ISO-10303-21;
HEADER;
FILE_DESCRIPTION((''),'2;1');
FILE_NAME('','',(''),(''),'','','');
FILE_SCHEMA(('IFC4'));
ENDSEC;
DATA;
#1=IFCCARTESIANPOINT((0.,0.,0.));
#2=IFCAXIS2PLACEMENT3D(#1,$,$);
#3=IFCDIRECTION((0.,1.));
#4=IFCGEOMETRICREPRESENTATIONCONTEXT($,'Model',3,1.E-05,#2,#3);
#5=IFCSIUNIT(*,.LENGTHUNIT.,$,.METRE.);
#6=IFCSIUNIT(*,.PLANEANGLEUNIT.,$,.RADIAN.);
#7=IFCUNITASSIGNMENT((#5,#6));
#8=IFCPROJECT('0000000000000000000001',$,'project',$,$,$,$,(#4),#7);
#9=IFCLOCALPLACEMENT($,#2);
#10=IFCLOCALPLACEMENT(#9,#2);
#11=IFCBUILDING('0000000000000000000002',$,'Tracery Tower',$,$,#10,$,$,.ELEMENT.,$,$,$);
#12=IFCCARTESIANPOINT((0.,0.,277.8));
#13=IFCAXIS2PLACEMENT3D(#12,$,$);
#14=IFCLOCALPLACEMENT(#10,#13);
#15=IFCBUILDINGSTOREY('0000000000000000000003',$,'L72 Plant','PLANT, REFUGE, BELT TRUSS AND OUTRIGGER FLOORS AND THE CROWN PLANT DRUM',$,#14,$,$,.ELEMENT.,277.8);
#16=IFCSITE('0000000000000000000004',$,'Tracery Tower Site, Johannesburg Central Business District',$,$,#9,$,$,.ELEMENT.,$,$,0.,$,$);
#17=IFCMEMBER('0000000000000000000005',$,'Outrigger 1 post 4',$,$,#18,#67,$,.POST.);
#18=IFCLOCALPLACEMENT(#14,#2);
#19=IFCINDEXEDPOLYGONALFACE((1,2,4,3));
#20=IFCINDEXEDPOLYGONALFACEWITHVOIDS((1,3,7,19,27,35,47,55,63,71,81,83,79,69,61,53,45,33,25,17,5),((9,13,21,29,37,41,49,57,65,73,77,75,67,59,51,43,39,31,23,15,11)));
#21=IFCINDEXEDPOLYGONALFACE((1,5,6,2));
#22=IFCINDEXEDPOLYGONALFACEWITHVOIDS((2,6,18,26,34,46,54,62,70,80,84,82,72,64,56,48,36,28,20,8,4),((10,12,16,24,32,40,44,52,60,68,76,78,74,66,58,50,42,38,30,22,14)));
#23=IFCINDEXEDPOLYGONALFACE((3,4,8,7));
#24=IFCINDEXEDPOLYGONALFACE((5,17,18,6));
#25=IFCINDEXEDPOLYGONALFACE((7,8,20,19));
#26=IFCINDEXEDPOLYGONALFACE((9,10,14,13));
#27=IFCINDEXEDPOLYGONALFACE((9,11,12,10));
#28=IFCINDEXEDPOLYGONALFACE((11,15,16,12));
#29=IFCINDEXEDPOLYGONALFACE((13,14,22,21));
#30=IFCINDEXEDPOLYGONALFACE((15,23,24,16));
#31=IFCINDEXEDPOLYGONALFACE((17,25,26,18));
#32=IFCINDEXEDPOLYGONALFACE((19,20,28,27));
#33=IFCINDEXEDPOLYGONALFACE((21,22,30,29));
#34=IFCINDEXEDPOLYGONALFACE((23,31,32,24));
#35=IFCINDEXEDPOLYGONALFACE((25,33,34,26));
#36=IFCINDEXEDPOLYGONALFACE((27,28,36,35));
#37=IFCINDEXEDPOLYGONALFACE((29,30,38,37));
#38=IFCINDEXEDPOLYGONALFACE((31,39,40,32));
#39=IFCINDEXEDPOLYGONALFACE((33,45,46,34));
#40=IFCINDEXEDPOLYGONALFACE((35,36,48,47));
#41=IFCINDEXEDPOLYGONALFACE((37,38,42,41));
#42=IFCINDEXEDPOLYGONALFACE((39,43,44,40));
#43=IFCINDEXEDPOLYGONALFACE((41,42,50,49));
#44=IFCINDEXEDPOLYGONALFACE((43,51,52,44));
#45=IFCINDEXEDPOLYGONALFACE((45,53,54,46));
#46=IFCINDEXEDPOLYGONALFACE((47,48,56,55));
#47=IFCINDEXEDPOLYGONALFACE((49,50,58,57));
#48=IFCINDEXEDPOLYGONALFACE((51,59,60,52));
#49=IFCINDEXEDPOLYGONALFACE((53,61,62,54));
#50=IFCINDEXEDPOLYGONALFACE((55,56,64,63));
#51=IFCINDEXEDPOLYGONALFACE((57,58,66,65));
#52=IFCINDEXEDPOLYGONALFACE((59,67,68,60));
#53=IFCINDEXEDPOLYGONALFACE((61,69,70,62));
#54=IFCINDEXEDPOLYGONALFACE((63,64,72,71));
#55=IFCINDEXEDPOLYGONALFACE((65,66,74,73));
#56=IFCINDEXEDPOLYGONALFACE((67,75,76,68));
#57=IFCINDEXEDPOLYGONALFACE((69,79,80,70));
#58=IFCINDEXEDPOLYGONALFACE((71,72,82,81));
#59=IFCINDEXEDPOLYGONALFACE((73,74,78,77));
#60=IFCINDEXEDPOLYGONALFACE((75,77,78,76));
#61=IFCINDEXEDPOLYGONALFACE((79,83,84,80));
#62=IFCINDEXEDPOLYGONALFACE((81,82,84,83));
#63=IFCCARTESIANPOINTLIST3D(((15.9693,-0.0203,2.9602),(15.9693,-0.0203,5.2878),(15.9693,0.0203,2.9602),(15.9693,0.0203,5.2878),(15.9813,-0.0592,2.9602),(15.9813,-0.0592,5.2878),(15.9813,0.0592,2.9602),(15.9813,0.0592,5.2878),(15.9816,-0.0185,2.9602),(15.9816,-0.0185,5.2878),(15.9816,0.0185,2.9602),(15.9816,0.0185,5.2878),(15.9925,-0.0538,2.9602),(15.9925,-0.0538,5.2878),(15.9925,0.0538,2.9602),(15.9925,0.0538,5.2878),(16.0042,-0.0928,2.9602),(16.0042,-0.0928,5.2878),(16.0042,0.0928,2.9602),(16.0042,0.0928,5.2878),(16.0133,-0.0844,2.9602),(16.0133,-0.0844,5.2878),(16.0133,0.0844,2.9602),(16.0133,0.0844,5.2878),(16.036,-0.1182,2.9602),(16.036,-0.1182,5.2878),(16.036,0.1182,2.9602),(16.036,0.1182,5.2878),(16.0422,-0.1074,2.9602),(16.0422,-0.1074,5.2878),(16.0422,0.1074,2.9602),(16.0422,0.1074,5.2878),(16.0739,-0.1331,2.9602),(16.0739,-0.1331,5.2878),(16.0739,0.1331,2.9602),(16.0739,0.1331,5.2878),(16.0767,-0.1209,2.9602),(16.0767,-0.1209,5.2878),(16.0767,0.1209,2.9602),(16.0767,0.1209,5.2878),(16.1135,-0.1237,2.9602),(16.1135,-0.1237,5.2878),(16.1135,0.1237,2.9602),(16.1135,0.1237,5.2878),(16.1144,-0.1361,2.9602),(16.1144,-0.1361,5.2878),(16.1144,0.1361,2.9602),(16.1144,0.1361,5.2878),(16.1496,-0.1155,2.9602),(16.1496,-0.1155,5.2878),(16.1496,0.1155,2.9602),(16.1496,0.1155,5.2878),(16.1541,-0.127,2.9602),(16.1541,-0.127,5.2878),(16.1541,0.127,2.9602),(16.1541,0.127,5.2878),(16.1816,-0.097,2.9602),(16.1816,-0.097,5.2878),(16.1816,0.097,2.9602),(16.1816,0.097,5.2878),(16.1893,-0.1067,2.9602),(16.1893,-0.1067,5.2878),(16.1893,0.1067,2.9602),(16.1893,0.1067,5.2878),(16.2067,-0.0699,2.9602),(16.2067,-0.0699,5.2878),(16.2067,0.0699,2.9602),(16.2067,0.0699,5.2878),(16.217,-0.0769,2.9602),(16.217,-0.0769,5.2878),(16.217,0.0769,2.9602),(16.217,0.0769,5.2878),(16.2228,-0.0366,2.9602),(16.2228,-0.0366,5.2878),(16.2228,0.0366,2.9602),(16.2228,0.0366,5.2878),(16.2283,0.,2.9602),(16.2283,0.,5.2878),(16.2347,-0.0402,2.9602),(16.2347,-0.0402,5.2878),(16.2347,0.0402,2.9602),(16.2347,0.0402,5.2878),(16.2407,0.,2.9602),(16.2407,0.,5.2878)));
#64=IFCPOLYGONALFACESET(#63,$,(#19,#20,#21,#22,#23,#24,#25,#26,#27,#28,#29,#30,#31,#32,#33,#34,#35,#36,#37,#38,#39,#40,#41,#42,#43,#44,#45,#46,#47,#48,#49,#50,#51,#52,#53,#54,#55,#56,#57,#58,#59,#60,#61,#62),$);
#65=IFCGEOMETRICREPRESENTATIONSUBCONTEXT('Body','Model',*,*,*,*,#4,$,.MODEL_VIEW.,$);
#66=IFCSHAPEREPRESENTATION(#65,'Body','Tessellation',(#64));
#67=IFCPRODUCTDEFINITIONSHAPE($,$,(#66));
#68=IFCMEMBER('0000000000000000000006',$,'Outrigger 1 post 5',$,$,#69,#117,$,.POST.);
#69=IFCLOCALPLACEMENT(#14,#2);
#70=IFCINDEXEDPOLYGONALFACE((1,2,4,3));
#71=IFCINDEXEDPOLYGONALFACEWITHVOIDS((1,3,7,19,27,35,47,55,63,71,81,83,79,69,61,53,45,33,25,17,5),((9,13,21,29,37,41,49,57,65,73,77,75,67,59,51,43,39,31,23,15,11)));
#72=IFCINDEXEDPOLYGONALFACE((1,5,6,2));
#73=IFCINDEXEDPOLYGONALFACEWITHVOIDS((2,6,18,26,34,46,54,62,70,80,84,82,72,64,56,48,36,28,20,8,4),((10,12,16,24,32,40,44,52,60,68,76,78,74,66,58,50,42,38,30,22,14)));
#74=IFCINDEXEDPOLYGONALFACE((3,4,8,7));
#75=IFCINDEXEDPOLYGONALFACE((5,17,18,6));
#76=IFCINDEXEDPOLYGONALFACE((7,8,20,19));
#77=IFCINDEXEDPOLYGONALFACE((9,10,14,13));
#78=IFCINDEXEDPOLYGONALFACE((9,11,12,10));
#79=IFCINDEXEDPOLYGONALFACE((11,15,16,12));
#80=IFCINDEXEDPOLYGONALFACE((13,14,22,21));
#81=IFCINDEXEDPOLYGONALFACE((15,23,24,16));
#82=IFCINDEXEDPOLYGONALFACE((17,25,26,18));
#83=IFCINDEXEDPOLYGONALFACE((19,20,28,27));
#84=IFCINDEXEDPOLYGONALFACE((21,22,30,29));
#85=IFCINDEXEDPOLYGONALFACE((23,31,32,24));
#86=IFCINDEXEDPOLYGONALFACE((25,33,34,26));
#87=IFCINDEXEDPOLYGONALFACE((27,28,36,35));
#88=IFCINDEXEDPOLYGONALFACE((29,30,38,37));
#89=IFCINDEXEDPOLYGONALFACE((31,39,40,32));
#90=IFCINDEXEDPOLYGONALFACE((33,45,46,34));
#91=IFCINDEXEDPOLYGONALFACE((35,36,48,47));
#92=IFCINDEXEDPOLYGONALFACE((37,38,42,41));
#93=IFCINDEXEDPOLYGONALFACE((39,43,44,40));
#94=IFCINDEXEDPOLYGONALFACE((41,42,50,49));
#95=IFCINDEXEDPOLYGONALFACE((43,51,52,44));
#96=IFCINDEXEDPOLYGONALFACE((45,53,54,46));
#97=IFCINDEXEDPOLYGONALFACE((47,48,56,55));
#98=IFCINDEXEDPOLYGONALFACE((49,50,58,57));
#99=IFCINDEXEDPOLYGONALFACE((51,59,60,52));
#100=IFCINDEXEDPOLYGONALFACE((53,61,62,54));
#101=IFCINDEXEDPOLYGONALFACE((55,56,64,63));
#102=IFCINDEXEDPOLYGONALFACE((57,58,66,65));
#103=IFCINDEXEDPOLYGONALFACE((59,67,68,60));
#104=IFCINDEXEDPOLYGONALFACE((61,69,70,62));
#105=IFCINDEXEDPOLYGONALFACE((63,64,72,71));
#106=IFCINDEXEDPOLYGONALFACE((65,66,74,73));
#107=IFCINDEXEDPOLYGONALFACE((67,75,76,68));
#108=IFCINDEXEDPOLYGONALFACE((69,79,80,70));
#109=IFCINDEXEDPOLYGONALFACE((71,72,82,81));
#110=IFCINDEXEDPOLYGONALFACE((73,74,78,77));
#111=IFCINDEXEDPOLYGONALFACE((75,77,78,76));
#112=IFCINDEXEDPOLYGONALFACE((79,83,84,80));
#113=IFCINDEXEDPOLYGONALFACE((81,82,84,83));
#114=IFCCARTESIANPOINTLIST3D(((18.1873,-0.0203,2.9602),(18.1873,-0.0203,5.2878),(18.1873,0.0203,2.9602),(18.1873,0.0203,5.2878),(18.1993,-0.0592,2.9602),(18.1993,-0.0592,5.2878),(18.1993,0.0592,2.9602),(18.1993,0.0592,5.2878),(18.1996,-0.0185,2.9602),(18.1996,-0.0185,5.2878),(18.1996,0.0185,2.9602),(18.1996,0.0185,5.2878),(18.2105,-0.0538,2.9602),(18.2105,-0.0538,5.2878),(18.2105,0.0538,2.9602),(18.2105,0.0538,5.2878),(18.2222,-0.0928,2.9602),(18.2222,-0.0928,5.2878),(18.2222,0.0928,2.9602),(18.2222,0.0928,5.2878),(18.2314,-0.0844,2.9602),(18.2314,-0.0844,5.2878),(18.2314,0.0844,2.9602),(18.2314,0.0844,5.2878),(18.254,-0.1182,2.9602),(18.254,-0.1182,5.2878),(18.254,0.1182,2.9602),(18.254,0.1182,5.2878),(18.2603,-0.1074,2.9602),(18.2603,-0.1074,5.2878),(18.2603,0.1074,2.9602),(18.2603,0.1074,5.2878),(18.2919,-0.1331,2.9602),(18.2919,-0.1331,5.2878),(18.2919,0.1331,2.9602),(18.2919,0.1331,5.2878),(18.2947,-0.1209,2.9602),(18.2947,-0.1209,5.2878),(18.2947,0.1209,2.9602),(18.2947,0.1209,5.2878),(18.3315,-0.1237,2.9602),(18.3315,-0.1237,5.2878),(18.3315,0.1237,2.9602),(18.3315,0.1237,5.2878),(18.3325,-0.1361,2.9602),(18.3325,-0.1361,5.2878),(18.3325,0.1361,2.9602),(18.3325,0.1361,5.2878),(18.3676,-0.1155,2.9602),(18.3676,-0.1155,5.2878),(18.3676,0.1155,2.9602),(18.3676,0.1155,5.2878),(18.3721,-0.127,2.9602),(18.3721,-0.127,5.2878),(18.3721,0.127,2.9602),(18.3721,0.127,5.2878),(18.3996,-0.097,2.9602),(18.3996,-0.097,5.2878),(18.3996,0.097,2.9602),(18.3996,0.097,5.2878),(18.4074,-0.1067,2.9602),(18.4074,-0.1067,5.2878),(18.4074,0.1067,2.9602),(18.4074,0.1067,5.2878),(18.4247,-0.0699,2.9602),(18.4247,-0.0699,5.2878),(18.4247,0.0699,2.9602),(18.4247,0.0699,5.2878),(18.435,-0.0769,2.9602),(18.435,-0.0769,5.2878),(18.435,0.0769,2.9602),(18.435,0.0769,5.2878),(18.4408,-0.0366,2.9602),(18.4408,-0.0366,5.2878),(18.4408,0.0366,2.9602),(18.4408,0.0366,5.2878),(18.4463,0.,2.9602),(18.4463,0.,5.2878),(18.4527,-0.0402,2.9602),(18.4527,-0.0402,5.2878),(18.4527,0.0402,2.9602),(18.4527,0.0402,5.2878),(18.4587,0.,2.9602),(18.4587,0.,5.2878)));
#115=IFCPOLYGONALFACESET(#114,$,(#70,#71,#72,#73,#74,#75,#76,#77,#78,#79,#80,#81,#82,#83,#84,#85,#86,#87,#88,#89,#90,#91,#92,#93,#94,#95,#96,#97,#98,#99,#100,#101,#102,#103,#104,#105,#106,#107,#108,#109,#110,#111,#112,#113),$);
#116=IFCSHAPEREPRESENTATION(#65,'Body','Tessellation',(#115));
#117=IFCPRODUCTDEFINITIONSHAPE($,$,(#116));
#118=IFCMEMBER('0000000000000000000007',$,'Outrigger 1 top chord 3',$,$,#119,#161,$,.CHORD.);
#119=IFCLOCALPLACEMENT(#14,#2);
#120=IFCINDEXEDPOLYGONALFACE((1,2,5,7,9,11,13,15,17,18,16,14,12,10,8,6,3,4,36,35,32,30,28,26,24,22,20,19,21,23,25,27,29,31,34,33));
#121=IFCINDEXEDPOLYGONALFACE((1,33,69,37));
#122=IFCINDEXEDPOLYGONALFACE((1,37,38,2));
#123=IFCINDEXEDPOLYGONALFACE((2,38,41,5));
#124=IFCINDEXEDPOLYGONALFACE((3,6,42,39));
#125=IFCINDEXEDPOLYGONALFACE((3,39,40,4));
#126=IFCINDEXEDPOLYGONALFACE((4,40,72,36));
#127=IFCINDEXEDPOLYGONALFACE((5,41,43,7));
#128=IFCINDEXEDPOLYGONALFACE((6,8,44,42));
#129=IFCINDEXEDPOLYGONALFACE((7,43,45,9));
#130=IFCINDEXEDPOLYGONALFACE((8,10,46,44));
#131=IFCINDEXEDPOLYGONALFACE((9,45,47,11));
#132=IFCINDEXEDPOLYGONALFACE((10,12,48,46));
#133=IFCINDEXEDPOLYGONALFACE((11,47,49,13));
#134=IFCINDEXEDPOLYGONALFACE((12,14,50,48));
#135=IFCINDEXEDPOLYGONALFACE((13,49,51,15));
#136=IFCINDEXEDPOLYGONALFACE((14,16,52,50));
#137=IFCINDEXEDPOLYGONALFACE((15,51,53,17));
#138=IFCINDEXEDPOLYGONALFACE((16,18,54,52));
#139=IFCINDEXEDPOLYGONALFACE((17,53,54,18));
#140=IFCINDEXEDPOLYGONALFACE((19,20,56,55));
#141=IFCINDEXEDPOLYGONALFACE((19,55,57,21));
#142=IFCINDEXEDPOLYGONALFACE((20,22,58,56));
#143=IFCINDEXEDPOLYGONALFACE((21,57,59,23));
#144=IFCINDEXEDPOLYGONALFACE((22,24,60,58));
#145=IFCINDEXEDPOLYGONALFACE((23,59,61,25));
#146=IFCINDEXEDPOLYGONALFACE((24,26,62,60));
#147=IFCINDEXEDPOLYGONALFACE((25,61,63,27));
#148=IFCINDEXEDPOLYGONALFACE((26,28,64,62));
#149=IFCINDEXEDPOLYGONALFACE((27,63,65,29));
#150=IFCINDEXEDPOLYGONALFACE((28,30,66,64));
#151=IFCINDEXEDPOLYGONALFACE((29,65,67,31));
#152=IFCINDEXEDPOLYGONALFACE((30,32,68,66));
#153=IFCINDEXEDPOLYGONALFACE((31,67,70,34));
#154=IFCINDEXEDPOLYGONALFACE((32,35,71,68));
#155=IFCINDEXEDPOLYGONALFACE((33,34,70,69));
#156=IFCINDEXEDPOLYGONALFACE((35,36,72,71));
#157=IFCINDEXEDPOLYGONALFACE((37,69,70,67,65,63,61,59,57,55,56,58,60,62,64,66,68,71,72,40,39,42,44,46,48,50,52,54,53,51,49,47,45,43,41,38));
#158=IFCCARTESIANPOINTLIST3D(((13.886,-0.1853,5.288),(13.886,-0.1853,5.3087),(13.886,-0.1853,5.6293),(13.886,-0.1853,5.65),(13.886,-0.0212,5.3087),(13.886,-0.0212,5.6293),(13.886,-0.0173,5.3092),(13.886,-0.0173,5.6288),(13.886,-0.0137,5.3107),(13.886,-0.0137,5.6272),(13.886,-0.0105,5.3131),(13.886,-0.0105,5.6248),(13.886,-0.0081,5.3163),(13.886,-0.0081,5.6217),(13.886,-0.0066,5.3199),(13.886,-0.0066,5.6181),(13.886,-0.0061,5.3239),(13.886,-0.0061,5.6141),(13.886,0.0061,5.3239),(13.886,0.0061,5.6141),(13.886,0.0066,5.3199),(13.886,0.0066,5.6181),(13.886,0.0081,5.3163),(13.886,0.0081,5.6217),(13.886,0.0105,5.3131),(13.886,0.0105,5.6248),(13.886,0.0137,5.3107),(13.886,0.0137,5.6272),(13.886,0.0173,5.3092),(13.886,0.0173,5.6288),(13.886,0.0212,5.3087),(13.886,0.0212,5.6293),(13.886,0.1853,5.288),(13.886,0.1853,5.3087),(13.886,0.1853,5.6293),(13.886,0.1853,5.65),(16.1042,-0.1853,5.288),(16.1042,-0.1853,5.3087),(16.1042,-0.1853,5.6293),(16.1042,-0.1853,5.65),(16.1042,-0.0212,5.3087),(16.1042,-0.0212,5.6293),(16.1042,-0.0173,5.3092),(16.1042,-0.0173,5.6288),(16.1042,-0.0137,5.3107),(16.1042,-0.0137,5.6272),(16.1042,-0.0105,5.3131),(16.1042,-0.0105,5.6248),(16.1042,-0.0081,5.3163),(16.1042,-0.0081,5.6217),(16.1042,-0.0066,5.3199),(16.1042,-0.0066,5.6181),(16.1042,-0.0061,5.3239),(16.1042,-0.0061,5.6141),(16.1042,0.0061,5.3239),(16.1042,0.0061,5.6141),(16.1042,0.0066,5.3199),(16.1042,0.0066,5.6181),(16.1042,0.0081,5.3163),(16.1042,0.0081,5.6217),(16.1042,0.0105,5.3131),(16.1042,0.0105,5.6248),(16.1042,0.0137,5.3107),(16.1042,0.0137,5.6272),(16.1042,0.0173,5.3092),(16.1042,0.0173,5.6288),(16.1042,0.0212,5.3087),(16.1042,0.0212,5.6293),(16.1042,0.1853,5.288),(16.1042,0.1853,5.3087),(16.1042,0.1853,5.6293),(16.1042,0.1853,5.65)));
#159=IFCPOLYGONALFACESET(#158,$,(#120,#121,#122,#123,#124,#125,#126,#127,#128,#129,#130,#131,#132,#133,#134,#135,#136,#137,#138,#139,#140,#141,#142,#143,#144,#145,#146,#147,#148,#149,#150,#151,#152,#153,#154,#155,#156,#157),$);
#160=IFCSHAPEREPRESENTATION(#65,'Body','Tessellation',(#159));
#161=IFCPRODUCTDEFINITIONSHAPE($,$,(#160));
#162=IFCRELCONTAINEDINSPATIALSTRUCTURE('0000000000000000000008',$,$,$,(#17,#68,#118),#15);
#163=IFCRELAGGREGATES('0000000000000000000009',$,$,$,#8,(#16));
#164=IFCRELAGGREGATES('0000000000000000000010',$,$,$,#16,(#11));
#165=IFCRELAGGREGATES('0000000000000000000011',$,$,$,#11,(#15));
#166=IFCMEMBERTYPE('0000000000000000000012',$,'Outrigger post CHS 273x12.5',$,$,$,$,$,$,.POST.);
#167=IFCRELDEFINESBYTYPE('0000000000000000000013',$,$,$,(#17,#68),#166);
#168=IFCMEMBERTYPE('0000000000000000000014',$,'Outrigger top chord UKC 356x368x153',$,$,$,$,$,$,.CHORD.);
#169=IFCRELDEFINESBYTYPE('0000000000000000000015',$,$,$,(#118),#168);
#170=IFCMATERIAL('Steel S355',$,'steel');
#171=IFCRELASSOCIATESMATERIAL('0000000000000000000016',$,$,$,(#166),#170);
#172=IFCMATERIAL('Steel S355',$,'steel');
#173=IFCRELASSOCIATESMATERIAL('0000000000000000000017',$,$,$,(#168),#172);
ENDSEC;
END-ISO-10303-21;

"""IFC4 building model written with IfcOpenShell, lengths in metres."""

from ifc_helpers import new_model, si_unit, direction, frame, origin, origin_2d, place, context, subcontext, project, spatial, hollow_circle, i_section, extrude, material, material_profile, profile_set, type_object, element, save


model = new_model("IFC4")

# Units and contexts
model_context = context("Model", 3, precision=1e-05, world=origin(), true_north=direction((0.0, 1.0)))
body_context = subcontext(model_context, "Body", "Model", "MODEL_VIEW")
ifc_project = project(units=[si_unit("LENGTHUNIT", "METRE"), si_unit("PLANEANGLEUNIT", "RADIAN")], contexts=[model_context])

# Site, building, storey
site_placement = place(None, origin())
site = spatial("IfcSite", under=ifc_project, at=site_placement, Name="Tracery Tower Site, Johannesburg Central Business District", CompositionType="ELEMENT", RefElevation=0.0)
building_placement = place(site_placement, origin())
building = spatial("IfcBuilding", under=site, at=building_placement, Name="Tracery Tower", CompositionType="ELEMENT")
storey_placement = place(building_placement, frame((0.0, 0.0, 277.8)))
storey = spatial("IfcBuildingStorey", under=building, at=storey_placement, Name="L72 Plant", Description="PLANT, REFUGE, BELT TRUSS AND OUTRIGGER FLOORS AND THE CROWN PLANT DRUM", CompositionType="ELEMENT", Elevation=277.8)

# Members
ifc_material_1 = material(Name="Steel S355", Category="steel")
ifc_material_profile_1 = material_profile(ifc_material_1, hollow_circle(Radius=0.1365, WallThickness=0.0125, at=origin_2d()), Name="CHS 273x12.5")
ifc_profile_set_1 = profile_set([ifc_material_profile_1], Name="Steel S355")
member_type_1 = type_object("IfcMemberType", Name="Outrigger post CHS 273x12.5", PredefinedType="POST", material=ifc_profile_set_1)
for number, where, z_axis, x_axis, name in (
    (1, (16.1042, 0.0, 2.9602), (0.0, 0.0, 1.0), (1.0, 0.0, 0.0), "Outrigger 1 post 4"),
    (2, (18.3223, 0.0, 2.9602), (0.0, 0.0, 1.0), (1.0, 0.0, 0.0), "Outrigger 1 post 5"),
):
    element("IfcMember", number, at=place(storey_placement, frame(where, z_axis=z_axis, x_axis=x_axis)), inside=storey, type_object=member_type_1, Name=name, PredefinedType="POST", context=body_context, shape_type="SweptSolid", body=[
        extrude(hollow_circle(Radius=0.1365, WallThickness=0.0125, at=origin_2d()), origin(), (0.0, 0.0, 1.0), 2.3276),
    ])
ifc_material_2 = material(Name="Steel S355", Category="steel")
ifc_material_profile_2 = material_profile(ifc_material_2, i_section(OverallWidth=0.3706, OverallDepth=0.3621, WebThickness=0.0122, FlangeThickness=0.0208, FilletRadius=0.0151, at=origin_2d()), Name="UKC 356x368x153")
ifc_profile_set_2 = profile_set([ifc_material_profile_2], Name="Steel S355")
member_type_2 = type_object("IfcMemberType", Name="Outrigger top chord UKC 356x368x153", PredefinedType="CHORD", material=ifc_profile_set_2)
member_1_placement = place(storey_placement, frame((13.886, 0.0, 5.469), z_axis=(1.0, 0.0, 0.0), x_axis=(0.0, 1.0, 0.0)))
element("IfcMember", 3, at=member_1_placement, inside=storey, type_object=member_type_2, Name="Outrigger 1 top chord 3", PredefinedType="CHORD", context=body_context, shape_type="SweptSolid", body=[
    extrude(i_section(OverallWidth=0.3706, OverallDepth=0.3621, WebThickness=0.0122, FlangeThickness=0.0208, FilletRadius=0.0151, at=origin_2d()), origin(), (0.0, 0.0, 1.0), 2.2183),
])

save(model, "model.ifc")
